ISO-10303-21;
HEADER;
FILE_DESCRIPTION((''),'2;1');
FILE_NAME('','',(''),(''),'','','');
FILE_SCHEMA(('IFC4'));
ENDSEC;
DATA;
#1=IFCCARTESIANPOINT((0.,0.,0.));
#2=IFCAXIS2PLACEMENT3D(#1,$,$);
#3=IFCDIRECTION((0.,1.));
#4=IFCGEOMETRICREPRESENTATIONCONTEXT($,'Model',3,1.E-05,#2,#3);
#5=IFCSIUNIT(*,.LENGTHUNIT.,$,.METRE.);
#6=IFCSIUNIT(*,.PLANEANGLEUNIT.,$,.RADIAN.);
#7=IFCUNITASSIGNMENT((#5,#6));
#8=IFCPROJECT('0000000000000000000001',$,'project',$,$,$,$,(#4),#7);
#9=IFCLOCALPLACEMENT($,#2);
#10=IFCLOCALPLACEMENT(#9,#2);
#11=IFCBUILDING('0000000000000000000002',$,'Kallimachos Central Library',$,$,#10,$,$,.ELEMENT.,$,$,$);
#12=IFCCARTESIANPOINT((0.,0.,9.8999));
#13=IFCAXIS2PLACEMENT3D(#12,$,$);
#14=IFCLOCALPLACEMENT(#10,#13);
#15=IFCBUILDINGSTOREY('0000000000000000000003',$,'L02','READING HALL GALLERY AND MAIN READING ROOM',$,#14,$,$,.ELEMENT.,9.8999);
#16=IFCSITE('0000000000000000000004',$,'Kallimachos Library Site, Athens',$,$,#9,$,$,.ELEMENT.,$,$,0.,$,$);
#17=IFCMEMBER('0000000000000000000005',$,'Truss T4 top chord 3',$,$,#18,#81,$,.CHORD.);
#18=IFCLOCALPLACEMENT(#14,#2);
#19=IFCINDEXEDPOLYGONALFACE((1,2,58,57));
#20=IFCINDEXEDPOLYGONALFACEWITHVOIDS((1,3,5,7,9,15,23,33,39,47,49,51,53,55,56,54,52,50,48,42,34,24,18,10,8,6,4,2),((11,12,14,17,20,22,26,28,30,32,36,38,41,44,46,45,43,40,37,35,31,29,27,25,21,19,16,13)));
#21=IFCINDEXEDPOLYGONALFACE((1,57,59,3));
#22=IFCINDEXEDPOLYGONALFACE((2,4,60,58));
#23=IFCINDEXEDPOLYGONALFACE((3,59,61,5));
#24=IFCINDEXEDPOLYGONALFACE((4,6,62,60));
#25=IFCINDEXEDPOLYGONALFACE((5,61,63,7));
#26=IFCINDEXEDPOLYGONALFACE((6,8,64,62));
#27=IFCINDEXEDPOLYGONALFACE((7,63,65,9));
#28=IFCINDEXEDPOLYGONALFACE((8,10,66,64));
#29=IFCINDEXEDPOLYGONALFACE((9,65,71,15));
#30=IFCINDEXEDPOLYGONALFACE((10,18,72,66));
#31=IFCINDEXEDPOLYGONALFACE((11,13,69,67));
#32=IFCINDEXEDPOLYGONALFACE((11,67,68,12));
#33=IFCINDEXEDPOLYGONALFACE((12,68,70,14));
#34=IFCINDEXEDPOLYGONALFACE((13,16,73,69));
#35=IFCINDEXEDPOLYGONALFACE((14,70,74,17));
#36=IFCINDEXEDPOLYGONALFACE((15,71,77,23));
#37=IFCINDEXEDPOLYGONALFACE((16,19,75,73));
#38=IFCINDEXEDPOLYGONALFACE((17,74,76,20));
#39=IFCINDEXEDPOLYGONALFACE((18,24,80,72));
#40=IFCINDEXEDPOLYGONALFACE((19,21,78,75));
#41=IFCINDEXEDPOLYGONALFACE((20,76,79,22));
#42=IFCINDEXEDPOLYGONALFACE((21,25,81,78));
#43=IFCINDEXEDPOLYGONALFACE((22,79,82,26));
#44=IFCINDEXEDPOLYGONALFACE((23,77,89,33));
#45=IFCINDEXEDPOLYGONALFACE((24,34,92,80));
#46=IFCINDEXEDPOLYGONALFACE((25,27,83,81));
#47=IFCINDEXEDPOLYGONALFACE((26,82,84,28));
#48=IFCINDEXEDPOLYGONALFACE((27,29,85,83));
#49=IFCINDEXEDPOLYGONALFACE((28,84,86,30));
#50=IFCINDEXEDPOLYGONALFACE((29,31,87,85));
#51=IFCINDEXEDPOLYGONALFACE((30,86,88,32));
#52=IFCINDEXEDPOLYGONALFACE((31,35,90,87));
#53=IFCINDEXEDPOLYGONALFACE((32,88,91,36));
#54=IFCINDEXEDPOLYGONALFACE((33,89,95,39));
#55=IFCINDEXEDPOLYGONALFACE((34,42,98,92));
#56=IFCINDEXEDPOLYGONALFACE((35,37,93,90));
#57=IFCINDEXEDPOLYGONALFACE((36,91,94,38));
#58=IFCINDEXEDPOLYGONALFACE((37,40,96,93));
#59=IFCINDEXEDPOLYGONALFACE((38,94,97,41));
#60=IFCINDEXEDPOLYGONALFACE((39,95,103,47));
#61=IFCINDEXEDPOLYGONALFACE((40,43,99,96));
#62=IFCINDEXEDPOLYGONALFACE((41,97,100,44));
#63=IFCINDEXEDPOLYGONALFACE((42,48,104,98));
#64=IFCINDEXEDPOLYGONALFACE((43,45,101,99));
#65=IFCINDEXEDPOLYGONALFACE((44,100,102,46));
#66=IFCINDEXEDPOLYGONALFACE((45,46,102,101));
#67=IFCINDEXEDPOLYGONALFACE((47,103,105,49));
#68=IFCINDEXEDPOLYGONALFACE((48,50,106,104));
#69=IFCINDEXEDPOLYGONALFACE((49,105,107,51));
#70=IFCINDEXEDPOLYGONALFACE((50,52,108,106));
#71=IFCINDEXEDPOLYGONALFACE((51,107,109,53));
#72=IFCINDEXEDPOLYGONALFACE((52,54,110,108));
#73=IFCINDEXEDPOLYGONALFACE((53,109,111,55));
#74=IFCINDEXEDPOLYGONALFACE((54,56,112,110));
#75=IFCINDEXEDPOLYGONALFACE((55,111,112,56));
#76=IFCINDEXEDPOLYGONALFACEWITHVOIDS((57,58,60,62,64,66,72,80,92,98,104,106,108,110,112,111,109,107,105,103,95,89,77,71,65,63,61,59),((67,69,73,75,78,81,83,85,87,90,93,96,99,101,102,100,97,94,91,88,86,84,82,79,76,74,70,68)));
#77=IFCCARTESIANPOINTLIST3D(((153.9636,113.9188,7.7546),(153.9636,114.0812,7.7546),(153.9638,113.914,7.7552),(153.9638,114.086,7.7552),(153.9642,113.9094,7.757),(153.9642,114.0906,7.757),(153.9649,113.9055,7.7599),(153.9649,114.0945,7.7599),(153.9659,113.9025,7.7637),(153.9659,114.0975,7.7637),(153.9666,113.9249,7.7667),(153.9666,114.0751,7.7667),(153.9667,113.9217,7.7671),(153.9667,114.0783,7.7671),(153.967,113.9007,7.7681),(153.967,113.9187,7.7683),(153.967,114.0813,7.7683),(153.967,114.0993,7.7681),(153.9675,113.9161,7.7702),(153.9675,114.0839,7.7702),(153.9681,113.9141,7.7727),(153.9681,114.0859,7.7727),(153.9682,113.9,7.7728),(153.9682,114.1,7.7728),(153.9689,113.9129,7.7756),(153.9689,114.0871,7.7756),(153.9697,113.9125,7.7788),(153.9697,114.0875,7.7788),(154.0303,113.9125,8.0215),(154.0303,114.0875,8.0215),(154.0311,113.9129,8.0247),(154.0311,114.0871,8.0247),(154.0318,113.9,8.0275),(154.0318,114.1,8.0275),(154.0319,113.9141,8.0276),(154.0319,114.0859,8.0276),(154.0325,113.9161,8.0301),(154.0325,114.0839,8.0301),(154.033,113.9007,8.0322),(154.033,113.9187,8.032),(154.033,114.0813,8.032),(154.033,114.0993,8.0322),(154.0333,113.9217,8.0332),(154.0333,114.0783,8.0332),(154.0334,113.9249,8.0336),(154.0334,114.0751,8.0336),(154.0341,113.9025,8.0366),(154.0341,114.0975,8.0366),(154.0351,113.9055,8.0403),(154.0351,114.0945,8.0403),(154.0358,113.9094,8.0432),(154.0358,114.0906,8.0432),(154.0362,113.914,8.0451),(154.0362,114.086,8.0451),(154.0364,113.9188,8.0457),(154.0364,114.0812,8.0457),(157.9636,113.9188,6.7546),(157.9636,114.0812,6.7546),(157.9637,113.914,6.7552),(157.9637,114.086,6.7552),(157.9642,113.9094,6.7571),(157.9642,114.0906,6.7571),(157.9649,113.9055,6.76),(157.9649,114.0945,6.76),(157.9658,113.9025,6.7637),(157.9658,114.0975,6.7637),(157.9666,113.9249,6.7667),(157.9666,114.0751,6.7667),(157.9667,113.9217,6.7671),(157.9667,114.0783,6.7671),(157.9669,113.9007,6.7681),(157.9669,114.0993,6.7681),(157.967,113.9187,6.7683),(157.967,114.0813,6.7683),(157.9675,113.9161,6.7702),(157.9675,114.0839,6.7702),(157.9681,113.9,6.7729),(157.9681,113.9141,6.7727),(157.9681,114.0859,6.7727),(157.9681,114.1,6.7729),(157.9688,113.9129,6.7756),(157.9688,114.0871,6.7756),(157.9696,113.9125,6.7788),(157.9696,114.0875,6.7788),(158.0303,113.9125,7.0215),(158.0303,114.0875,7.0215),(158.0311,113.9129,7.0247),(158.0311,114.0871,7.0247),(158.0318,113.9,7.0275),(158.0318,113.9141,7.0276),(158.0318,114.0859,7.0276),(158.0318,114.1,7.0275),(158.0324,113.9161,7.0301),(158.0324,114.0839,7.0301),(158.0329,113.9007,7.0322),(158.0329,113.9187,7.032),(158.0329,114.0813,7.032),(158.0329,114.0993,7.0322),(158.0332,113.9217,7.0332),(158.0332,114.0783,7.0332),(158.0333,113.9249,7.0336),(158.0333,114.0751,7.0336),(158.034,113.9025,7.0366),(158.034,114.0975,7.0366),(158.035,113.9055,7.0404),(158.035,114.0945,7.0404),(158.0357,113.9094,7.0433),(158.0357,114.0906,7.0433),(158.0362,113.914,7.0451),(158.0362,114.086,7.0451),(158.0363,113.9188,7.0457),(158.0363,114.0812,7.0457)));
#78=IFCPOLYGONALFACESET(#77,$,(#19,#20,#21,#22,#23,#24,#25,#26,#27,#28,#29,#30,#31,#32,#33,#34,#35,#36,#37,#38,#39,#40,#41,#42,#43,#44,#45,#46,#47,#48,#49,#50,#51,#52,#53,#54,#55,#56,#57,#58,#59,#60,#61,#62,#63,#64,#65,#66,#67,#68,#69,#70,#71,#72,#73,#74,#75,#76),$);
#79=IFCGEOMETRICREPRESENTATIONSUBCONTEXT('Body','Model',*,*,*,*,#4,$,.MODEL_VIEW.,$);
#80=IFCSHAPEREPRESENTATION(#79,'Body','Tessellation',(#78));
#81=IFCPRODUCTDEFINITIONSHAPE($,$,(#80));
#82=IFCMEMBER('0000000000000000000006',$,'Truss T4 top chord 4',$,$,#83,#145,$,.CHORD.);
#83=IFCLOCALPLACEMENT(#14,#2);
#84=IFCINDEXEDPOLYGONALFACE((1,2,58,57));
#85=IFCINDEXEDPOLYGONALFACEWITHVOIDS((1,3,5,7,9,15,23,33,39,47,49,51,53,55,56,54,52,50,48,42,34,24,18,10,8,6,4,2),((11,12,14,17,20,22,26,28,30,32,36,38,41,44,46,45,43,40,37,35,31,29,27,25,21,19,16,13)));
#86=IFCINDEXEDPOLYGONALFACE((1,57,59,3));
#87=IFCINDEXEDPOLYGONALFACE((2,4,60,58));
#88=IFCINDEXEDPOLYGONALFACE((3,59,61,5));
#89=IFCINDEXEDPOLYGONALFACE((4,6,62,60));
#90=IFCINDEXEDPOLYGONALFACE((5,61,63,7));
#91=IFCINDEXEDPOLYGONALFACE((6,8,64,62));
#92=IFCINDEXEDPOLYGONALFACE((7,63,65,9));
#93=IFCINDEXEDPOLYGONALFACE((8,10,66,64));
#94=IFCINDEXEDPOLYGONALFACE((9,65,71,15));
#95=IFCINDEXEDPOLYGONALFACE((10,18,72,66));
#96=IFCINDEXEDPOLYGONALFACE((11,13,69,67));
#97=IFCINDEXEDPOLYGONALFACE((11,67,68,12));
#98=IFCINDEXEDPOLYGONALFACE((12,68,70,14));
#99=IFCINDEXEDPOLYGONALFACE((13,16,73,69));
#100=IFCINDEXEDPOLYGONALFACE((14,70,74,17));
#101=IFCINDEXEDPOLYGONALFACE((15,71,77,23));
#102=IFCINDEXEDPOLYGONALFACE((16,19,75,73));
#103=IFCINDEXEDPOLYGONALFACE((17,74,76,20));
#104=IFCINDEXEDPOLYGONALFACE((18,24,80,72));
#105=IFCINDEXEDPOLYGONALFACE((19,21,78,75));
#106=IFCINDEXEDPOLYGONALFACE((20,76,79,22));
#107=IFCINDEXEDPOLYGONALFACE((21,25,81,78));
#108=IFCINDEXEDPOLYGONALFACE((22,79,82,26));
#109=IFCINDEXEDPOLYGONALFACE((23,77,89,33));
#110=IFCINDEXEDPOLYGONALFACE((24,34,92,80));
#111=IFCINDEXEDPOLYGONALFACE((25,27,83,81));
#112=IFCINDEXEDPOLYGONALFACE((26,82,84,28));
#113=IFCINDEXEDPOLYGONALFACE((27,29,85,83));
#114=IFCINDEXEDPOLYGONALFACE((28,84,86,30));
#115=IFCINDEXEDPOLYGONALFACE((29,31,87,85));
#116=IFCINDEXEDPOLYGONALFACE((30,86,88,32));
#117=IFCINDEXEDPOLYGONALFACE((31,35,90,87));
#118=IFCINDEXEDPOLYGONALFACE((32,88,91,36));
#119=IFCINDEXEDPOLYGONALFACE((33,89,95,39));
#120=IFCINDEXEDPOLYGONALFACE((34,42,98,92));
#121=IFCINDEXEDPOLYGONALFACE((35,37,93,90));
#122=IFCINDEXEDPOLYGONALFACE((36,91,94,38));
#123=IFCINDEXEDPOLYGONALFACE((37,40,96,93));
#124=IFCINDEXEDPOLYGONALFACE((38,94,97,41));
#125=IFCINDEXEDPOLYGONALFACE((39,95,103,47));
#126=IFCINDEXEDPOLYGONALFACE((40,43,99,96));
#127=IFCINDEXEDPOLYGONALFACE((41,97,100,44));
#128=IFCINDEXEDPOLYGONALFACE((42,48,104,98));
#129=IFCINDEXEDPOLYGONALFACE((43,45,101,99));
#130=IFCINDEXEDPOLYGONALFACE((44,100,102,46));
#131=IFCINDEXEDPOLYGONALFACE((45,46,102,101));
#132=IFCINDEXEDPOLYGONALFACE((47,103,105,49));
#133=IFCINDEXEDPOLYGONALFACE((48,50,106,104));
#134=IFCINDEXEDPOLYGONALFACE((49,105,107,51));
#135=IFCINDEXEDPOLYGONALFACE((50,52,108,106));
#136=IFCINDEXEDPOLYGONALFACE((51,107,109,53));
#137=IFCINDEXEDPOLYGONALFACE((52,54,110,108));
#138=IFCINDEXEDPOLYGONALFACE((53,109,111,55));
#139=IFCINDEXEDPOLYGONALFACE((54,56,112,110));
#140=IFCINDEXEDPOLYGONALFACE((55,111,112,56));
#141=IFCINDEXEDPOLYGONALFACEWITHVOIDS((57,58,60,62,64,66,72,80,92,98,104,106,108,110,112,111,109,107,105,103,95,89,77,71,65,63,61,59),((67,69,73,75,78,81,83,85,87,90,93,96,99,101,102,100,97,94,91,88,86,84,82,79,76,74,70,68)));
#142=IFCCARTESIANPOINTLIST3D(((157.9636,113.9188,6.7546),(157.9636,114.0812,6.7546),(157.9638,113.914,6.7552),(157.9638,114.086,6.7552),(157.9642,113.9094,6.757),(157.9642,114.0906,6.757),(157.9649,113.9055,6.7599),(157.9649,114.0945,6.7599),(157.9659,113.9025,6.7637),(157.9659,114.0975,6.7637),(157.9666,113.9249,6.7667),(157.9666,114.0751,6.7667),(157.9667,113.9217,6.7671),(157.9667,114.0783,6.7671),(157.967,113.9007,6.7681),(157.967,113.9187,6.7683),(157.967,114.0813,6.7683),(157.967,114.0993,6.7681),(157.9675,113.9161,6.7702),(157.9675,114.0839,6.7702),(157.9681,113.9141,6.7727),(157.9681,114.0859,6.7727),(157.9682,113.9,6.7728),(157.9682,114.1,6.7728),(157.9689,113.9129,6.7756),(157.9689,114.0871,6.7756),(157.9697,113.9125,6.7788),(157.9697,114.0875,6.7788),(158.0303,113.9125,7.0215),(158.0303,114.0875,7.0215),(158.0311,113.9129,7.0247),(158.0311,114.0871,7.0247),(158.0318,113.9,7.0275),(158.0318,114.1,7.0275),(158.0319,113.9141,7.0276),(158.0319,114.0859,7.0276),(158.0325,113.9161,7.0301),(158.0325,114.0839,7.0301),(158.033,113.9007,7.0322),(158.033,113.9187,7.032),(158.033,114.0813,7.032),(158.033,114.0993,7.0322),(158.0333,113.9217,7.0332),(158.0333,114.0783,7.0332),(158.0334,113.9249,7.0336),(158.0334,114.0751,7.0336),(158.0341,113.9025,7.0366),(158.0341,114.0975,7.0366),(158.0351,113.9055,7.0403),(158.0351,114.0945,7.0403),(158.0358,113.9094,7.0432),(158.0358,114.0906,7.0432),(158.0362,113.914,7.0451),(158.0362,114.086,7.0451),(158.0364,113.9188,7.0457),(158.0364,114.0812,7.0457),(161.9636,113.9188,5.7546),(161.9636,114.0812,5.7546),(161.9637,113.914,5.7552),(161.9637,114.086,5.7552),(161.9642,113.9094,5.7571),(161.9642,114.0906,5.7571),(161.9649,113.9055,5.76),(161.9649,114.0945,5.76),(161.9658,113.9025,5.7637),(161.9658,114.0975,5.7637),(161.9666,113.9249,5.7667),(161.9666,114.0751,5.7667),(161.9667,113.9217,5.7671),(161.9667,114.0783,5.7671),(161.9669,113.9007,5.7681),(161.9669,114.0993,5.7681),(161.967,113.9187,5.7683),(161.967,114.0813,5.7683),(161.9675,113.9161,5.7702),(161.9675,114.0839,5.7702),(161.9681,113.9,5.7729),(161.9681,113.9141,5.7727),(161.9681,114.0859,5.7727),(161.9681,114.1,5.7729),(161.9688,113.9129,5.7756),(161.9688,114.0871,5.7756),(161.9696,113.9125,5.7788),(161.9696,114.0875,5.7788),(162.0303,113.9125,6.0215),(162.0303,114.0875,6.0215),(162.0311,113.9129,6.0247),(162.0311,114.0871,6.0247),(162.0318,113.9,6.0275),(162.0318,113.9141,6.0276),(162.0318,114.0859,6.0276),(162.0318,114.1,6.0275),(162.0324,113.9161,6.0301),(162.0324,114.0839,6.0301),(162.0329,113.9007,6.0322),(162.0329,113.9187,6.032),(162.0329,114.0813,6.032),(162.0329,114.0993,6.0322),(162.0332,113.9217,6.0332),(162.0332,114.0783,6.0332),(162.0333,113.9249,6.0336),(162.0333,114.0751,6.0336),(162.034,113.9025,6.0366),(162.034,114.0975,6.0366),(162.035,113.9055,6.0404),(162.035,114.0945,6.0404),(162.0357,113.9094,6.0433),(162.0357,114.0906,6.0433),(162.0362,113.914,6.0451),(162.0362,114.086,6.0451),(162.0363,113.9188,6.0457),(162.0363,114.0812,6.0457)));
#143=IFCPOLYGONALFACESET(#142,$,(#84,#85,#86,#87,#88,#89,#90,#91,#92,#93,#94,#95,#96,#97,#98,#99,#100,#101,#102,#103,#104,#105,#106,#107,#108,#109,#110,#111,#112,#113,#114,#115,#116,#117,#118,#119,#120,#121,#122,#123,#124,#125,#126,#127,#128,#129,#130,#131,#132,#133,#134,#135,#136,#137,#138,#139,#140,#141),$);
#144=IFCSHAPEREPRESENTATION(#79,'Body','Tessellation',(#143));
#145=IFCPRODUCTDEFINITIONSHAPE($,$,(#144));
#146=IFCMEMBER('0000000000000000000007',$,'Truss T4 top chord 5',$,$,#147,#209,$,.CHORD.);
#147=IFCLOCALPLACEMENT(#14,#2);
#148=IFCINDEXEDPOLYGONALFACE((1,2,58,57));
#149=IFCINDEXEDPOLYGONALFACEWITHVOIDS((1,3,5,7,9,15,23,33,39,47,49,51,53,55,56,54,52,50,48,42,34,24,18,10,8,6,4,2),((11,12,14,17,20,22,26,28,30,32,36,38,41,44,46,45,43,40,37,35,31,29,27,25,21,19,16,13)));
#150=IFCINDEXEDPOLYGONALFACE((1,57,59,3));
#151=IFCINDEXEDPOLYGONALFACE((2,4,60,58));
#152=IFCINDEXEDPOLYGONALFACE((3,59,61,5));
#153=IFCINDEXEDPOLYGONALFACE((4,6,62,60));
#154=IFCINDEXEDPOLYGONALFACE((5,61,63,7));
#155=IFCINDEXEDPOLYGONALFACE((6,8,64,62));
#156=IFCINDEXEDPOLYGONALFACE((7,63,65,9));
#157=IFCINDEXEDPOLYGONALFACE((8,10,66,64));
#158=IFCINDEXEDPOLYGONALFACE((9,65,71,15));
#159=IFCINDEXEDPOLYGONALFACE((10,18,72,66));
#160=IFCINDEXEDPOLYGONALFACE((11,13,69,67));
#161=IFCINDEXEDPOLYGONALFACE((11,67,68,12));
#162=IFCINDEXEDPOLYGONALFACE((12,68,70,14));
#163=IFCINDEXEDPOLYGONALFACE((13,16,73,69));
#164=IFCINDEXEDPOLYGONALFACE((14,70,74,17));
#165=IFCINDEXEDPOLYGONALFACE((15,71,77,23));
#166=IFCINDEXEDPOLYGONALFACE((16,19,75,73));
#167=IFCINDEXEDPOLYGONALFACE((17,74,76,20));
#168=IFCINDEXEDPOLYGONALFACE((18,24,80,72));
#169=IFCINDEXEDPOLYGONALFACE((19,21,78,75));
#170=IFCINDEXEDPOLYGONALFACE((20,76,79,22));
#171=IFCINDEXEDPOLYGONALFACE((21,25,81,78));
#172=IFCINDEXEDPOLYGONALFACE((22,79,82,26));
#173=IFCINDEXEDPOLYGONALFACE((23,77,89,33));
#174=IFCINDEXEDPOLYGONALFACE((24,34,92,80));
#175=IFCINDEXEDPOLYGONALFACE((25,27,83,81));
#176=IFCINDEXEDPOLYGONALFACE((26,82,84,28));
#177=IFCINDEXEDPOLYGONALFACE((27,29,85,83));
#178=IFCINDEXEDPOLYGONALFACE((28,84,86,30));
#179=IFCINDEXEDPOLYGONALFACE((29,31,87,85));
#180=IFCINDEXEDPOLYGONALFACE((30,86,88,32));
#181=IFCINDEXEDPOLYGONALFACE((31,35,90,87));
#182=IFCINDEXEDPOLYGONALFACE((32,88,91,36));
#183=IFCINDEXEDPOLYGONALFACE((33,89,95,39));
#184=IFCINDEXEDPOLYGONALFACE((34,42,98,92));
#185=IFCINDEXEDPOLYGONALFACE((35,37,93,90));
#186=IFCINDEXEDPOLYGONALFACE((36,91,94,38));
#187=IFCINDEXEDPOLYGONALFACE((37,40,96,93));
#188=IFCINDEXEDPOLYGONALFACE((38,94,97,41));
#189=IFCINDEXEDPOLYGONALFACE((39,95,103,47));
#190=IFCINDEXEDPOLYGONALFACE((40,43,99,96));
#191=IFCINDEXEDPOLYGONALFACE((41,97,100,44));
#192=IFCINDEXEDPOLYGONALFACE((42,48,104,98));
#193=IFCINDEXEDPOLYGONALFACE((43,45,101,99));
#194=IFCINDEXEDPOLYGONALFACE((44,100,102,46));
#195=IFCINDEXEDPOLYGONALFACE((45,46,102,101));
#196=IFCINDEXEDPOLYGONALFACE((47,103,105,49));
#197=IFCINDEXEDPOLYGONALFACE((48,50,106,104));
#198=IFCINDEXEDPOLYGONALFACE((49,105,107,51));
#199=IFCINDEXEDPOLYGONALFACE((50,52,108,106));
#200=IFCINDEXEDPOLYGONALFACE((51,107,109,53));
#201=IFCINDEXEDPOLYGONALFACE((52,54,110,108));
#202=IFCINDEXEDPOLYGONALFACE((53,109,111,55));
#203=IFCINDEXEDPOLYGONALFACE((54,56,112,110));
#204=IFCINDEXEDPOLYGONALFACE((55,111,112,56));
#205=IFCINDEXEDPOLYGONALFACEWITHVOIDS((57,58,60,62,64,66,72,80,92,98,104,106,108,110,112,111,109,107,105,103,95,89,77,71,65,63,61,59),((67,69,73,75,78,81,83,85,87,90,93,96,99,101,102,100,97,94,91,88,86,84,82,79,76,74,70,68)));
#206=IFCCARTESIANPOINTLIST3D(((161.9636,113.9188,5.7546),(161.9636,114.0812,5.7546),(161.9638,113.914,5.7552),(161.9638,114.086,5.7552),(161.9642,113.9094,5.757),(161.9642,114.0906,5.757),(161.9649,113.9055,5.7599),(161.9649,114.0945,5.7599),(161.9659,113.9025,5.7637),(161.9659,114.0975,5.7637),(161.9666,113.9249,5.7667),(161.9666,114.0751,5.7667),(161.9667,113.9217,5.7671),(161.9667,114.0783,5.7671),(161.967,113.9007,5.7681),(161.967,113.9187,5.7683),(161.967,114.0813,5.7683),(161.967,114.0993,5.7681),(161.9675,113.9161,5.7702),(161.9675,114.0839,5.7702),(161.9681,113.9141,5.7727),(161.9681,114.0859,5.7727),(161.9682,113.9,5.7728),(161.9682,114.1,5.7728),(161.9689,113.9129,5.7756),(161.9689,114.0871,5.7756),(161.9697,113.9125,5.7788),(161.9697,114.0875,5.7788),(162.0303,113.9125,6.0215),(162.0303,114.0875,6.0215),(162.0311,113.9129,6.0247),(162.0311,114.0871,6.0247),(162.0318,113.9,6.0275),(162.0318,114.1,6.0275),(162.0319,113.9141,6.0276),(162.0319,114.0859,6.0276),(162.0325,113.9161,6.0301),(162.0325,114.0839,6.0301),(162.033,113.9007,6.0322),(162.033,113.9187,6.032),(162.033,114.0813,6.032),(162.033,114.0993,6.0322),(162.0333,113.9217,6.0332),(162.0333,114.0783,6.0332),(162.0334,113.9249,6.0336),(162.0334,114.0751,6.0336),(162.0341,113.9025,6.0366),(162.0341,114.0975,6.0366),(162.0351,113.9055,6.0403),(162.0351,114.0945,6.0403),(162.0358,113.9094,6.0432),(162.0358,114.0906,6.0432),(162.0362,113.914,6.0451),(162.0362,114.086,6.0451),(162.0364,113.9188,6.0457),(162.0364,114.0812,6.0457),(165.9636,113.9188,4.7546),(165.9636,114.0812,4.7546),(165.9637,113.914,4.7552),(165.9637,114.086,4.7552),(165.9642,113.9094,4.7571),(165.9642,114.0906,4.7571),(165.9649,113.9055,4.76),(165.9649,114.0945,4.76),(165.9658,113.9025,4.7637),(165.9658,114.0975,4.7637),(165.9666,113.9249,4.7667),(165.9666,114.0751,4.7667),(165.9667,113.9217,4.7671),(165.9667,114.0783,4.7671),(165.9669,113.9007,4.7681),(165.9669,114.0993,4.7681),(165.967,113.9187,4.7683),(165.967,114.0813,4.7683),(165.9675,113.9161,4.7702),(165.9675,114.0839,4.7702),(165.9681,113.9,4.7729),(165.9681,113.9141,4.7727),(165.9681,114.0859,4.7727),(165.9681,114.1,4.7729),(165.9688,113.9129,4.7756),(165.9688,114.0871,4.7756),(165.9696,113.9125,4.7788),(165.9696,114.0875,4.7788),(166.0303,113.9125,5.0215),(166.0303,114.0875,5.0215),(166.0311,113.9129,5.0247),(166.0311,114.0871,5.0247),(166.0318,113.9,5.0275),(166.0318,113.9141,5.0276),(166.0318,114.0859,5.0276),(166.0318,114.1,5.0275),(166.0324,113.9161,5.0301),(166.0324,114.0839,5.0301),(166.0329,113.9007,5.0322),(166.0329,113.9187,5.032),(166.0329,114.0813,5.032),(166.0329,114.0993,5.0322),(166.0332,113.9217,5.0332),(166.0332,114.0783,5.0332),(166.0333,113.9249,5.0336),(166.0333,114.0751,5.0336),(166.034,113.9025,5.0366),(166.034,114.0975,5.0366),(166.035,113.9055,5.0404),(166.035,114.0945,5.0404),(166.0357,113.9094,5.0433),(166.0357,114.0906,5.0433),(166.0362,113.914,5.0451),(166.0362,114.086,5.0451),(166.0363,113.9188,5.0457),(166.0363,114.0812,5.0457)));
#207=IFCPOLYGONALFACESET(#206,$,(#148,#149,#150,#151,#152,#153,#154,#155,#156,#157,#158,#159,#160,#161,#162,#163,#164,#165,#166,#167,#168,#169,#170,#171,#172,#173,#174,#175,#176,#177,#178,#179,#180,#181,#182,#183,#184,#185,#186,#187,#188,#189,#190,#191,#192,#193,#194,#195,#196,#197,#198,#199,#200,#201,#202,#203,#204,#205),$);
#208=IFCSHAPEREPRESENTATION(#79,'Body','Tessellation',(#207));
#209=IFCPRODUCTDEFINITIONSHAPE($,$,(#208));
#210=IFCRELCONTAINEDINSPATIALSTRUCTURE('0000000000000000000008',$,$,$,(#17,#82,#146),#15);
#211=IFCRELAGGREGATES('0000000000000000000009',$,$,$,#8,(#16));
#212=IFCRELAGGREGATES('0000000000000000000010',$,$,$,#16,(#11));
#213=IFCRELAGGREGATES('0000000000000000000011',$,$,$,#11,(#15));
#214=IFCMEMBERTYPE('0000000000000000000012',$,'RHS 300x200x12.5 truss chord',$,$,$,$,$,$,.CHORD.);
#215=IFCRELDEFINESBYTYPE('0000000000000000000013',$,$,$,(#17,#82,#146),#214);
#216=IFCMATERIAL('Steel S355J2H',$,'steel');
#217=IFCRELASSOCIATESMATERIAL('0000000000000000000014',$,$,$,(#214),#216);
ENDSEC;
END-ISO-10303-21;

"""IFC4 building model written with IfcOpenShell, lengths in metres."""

from ifc_helpers import new_model, si_unit, direction, frame, origin, origin_2d, place, context, subcontext, project, spatial, hollow_rectangle, extrude, material, material_profile, profile_set, type_object, element, save


model = new_model("IFC4")

# Units and contexts
model_context = context("Model", 3, precision=1e-05, world=origin(), true_north=direction((0.0, 1.0)))
body_context = subcontext(model_context, "Body", "Model", "MODEL_VIEW")
ifc_project = project(units=[si_unit("LENGTHUNIT", "METRE"), si_unit("PLANEANGLEUNIT", "RADIAN")], contexts=[model_context])

# Site, building, storey
site_placement = place(None, origin())
site = spatial("IfcSite", under=ifc_project, at=site_placement, Name="Kallimachos Library Site, Athens", CompositionType="ELEMENT", RefElevation=0.0)
building_placement = place(site_placement, origin())
building = spatial("IfcBuilding", under=site, at=building_placement, Name="Kallimachos Central Library", CompositionType="ELEMENT")
storey_placement = place(building_placement, frame((0.0, 0.0, 9.8999)))
storey = spatial("IfcBuildingStorey", under=building, at=storey_placement, Name="L02", Description="READING HALL GALLERY AND MAIN READING ROOM", CompositionType="ELEMENT", Elevation=9.8999)

# Members
ifc_material_1 = material(Name="Steel S355J2H", Category="steel")
ifc_material_profile_1 = material_profile(ifc_material_1, hollow_rectangle(XDim=0.2, YDim=0.3, WallThickness=0.0125, InnerFilletRadius=0.0125, OuterFilletRadius=0.0188, at=origin_2d()), Name="RHS 300x200x12.5")
ifc_profile_set_1 = profile_set([ifc_material_profile_1], Name="Steel S355J2H")
member_type_1 = type_object("IfcMemberType", Name="RHS 300x200x12.5 truss chord", PredefinedType="CHORD", material=ifc_profile_set_1)
for number, where, z_axis, x_axis, name in (
    (1, (154.0, 114.0, 7.9001), (0.970143, 0.0, -0.242536), (0.0, 1.0, 0.0), "Truss T4 top chord 3"),
    (2, (158.0, 114.0, 6.9001), (0.970143, 0.0, -0.242536), (0.0, 1.0, 0.0), "Truss T4 top chord 4"),
    (3, (162.0, 114.0, 5.9001), (0.970143, 0.0, -0.242536), (0.0, 1.0, 0.0), "Truss T4 top chord 5"),
):
    element("IfcMember", number, at=place(storey_placement, frame(where, z_axis=z_axis, x_axis=x_axis)), inside=storey, type_object=member_type_1, Name=name, PredefinedType="CHORD", context=body_context, shape_type="SweptSolid", body=[
        extrude(hollow_rectangle(XDim=0.2, YDim=0.3, WallThickness=0.0125, InnerFilletRadius=0.0125, OuterFilletRadius=0.0188, at=origin_2d()), origin(), (0.0, 0.0, 1.0), 4.123),
    ])

save(model, "model.ifc")
